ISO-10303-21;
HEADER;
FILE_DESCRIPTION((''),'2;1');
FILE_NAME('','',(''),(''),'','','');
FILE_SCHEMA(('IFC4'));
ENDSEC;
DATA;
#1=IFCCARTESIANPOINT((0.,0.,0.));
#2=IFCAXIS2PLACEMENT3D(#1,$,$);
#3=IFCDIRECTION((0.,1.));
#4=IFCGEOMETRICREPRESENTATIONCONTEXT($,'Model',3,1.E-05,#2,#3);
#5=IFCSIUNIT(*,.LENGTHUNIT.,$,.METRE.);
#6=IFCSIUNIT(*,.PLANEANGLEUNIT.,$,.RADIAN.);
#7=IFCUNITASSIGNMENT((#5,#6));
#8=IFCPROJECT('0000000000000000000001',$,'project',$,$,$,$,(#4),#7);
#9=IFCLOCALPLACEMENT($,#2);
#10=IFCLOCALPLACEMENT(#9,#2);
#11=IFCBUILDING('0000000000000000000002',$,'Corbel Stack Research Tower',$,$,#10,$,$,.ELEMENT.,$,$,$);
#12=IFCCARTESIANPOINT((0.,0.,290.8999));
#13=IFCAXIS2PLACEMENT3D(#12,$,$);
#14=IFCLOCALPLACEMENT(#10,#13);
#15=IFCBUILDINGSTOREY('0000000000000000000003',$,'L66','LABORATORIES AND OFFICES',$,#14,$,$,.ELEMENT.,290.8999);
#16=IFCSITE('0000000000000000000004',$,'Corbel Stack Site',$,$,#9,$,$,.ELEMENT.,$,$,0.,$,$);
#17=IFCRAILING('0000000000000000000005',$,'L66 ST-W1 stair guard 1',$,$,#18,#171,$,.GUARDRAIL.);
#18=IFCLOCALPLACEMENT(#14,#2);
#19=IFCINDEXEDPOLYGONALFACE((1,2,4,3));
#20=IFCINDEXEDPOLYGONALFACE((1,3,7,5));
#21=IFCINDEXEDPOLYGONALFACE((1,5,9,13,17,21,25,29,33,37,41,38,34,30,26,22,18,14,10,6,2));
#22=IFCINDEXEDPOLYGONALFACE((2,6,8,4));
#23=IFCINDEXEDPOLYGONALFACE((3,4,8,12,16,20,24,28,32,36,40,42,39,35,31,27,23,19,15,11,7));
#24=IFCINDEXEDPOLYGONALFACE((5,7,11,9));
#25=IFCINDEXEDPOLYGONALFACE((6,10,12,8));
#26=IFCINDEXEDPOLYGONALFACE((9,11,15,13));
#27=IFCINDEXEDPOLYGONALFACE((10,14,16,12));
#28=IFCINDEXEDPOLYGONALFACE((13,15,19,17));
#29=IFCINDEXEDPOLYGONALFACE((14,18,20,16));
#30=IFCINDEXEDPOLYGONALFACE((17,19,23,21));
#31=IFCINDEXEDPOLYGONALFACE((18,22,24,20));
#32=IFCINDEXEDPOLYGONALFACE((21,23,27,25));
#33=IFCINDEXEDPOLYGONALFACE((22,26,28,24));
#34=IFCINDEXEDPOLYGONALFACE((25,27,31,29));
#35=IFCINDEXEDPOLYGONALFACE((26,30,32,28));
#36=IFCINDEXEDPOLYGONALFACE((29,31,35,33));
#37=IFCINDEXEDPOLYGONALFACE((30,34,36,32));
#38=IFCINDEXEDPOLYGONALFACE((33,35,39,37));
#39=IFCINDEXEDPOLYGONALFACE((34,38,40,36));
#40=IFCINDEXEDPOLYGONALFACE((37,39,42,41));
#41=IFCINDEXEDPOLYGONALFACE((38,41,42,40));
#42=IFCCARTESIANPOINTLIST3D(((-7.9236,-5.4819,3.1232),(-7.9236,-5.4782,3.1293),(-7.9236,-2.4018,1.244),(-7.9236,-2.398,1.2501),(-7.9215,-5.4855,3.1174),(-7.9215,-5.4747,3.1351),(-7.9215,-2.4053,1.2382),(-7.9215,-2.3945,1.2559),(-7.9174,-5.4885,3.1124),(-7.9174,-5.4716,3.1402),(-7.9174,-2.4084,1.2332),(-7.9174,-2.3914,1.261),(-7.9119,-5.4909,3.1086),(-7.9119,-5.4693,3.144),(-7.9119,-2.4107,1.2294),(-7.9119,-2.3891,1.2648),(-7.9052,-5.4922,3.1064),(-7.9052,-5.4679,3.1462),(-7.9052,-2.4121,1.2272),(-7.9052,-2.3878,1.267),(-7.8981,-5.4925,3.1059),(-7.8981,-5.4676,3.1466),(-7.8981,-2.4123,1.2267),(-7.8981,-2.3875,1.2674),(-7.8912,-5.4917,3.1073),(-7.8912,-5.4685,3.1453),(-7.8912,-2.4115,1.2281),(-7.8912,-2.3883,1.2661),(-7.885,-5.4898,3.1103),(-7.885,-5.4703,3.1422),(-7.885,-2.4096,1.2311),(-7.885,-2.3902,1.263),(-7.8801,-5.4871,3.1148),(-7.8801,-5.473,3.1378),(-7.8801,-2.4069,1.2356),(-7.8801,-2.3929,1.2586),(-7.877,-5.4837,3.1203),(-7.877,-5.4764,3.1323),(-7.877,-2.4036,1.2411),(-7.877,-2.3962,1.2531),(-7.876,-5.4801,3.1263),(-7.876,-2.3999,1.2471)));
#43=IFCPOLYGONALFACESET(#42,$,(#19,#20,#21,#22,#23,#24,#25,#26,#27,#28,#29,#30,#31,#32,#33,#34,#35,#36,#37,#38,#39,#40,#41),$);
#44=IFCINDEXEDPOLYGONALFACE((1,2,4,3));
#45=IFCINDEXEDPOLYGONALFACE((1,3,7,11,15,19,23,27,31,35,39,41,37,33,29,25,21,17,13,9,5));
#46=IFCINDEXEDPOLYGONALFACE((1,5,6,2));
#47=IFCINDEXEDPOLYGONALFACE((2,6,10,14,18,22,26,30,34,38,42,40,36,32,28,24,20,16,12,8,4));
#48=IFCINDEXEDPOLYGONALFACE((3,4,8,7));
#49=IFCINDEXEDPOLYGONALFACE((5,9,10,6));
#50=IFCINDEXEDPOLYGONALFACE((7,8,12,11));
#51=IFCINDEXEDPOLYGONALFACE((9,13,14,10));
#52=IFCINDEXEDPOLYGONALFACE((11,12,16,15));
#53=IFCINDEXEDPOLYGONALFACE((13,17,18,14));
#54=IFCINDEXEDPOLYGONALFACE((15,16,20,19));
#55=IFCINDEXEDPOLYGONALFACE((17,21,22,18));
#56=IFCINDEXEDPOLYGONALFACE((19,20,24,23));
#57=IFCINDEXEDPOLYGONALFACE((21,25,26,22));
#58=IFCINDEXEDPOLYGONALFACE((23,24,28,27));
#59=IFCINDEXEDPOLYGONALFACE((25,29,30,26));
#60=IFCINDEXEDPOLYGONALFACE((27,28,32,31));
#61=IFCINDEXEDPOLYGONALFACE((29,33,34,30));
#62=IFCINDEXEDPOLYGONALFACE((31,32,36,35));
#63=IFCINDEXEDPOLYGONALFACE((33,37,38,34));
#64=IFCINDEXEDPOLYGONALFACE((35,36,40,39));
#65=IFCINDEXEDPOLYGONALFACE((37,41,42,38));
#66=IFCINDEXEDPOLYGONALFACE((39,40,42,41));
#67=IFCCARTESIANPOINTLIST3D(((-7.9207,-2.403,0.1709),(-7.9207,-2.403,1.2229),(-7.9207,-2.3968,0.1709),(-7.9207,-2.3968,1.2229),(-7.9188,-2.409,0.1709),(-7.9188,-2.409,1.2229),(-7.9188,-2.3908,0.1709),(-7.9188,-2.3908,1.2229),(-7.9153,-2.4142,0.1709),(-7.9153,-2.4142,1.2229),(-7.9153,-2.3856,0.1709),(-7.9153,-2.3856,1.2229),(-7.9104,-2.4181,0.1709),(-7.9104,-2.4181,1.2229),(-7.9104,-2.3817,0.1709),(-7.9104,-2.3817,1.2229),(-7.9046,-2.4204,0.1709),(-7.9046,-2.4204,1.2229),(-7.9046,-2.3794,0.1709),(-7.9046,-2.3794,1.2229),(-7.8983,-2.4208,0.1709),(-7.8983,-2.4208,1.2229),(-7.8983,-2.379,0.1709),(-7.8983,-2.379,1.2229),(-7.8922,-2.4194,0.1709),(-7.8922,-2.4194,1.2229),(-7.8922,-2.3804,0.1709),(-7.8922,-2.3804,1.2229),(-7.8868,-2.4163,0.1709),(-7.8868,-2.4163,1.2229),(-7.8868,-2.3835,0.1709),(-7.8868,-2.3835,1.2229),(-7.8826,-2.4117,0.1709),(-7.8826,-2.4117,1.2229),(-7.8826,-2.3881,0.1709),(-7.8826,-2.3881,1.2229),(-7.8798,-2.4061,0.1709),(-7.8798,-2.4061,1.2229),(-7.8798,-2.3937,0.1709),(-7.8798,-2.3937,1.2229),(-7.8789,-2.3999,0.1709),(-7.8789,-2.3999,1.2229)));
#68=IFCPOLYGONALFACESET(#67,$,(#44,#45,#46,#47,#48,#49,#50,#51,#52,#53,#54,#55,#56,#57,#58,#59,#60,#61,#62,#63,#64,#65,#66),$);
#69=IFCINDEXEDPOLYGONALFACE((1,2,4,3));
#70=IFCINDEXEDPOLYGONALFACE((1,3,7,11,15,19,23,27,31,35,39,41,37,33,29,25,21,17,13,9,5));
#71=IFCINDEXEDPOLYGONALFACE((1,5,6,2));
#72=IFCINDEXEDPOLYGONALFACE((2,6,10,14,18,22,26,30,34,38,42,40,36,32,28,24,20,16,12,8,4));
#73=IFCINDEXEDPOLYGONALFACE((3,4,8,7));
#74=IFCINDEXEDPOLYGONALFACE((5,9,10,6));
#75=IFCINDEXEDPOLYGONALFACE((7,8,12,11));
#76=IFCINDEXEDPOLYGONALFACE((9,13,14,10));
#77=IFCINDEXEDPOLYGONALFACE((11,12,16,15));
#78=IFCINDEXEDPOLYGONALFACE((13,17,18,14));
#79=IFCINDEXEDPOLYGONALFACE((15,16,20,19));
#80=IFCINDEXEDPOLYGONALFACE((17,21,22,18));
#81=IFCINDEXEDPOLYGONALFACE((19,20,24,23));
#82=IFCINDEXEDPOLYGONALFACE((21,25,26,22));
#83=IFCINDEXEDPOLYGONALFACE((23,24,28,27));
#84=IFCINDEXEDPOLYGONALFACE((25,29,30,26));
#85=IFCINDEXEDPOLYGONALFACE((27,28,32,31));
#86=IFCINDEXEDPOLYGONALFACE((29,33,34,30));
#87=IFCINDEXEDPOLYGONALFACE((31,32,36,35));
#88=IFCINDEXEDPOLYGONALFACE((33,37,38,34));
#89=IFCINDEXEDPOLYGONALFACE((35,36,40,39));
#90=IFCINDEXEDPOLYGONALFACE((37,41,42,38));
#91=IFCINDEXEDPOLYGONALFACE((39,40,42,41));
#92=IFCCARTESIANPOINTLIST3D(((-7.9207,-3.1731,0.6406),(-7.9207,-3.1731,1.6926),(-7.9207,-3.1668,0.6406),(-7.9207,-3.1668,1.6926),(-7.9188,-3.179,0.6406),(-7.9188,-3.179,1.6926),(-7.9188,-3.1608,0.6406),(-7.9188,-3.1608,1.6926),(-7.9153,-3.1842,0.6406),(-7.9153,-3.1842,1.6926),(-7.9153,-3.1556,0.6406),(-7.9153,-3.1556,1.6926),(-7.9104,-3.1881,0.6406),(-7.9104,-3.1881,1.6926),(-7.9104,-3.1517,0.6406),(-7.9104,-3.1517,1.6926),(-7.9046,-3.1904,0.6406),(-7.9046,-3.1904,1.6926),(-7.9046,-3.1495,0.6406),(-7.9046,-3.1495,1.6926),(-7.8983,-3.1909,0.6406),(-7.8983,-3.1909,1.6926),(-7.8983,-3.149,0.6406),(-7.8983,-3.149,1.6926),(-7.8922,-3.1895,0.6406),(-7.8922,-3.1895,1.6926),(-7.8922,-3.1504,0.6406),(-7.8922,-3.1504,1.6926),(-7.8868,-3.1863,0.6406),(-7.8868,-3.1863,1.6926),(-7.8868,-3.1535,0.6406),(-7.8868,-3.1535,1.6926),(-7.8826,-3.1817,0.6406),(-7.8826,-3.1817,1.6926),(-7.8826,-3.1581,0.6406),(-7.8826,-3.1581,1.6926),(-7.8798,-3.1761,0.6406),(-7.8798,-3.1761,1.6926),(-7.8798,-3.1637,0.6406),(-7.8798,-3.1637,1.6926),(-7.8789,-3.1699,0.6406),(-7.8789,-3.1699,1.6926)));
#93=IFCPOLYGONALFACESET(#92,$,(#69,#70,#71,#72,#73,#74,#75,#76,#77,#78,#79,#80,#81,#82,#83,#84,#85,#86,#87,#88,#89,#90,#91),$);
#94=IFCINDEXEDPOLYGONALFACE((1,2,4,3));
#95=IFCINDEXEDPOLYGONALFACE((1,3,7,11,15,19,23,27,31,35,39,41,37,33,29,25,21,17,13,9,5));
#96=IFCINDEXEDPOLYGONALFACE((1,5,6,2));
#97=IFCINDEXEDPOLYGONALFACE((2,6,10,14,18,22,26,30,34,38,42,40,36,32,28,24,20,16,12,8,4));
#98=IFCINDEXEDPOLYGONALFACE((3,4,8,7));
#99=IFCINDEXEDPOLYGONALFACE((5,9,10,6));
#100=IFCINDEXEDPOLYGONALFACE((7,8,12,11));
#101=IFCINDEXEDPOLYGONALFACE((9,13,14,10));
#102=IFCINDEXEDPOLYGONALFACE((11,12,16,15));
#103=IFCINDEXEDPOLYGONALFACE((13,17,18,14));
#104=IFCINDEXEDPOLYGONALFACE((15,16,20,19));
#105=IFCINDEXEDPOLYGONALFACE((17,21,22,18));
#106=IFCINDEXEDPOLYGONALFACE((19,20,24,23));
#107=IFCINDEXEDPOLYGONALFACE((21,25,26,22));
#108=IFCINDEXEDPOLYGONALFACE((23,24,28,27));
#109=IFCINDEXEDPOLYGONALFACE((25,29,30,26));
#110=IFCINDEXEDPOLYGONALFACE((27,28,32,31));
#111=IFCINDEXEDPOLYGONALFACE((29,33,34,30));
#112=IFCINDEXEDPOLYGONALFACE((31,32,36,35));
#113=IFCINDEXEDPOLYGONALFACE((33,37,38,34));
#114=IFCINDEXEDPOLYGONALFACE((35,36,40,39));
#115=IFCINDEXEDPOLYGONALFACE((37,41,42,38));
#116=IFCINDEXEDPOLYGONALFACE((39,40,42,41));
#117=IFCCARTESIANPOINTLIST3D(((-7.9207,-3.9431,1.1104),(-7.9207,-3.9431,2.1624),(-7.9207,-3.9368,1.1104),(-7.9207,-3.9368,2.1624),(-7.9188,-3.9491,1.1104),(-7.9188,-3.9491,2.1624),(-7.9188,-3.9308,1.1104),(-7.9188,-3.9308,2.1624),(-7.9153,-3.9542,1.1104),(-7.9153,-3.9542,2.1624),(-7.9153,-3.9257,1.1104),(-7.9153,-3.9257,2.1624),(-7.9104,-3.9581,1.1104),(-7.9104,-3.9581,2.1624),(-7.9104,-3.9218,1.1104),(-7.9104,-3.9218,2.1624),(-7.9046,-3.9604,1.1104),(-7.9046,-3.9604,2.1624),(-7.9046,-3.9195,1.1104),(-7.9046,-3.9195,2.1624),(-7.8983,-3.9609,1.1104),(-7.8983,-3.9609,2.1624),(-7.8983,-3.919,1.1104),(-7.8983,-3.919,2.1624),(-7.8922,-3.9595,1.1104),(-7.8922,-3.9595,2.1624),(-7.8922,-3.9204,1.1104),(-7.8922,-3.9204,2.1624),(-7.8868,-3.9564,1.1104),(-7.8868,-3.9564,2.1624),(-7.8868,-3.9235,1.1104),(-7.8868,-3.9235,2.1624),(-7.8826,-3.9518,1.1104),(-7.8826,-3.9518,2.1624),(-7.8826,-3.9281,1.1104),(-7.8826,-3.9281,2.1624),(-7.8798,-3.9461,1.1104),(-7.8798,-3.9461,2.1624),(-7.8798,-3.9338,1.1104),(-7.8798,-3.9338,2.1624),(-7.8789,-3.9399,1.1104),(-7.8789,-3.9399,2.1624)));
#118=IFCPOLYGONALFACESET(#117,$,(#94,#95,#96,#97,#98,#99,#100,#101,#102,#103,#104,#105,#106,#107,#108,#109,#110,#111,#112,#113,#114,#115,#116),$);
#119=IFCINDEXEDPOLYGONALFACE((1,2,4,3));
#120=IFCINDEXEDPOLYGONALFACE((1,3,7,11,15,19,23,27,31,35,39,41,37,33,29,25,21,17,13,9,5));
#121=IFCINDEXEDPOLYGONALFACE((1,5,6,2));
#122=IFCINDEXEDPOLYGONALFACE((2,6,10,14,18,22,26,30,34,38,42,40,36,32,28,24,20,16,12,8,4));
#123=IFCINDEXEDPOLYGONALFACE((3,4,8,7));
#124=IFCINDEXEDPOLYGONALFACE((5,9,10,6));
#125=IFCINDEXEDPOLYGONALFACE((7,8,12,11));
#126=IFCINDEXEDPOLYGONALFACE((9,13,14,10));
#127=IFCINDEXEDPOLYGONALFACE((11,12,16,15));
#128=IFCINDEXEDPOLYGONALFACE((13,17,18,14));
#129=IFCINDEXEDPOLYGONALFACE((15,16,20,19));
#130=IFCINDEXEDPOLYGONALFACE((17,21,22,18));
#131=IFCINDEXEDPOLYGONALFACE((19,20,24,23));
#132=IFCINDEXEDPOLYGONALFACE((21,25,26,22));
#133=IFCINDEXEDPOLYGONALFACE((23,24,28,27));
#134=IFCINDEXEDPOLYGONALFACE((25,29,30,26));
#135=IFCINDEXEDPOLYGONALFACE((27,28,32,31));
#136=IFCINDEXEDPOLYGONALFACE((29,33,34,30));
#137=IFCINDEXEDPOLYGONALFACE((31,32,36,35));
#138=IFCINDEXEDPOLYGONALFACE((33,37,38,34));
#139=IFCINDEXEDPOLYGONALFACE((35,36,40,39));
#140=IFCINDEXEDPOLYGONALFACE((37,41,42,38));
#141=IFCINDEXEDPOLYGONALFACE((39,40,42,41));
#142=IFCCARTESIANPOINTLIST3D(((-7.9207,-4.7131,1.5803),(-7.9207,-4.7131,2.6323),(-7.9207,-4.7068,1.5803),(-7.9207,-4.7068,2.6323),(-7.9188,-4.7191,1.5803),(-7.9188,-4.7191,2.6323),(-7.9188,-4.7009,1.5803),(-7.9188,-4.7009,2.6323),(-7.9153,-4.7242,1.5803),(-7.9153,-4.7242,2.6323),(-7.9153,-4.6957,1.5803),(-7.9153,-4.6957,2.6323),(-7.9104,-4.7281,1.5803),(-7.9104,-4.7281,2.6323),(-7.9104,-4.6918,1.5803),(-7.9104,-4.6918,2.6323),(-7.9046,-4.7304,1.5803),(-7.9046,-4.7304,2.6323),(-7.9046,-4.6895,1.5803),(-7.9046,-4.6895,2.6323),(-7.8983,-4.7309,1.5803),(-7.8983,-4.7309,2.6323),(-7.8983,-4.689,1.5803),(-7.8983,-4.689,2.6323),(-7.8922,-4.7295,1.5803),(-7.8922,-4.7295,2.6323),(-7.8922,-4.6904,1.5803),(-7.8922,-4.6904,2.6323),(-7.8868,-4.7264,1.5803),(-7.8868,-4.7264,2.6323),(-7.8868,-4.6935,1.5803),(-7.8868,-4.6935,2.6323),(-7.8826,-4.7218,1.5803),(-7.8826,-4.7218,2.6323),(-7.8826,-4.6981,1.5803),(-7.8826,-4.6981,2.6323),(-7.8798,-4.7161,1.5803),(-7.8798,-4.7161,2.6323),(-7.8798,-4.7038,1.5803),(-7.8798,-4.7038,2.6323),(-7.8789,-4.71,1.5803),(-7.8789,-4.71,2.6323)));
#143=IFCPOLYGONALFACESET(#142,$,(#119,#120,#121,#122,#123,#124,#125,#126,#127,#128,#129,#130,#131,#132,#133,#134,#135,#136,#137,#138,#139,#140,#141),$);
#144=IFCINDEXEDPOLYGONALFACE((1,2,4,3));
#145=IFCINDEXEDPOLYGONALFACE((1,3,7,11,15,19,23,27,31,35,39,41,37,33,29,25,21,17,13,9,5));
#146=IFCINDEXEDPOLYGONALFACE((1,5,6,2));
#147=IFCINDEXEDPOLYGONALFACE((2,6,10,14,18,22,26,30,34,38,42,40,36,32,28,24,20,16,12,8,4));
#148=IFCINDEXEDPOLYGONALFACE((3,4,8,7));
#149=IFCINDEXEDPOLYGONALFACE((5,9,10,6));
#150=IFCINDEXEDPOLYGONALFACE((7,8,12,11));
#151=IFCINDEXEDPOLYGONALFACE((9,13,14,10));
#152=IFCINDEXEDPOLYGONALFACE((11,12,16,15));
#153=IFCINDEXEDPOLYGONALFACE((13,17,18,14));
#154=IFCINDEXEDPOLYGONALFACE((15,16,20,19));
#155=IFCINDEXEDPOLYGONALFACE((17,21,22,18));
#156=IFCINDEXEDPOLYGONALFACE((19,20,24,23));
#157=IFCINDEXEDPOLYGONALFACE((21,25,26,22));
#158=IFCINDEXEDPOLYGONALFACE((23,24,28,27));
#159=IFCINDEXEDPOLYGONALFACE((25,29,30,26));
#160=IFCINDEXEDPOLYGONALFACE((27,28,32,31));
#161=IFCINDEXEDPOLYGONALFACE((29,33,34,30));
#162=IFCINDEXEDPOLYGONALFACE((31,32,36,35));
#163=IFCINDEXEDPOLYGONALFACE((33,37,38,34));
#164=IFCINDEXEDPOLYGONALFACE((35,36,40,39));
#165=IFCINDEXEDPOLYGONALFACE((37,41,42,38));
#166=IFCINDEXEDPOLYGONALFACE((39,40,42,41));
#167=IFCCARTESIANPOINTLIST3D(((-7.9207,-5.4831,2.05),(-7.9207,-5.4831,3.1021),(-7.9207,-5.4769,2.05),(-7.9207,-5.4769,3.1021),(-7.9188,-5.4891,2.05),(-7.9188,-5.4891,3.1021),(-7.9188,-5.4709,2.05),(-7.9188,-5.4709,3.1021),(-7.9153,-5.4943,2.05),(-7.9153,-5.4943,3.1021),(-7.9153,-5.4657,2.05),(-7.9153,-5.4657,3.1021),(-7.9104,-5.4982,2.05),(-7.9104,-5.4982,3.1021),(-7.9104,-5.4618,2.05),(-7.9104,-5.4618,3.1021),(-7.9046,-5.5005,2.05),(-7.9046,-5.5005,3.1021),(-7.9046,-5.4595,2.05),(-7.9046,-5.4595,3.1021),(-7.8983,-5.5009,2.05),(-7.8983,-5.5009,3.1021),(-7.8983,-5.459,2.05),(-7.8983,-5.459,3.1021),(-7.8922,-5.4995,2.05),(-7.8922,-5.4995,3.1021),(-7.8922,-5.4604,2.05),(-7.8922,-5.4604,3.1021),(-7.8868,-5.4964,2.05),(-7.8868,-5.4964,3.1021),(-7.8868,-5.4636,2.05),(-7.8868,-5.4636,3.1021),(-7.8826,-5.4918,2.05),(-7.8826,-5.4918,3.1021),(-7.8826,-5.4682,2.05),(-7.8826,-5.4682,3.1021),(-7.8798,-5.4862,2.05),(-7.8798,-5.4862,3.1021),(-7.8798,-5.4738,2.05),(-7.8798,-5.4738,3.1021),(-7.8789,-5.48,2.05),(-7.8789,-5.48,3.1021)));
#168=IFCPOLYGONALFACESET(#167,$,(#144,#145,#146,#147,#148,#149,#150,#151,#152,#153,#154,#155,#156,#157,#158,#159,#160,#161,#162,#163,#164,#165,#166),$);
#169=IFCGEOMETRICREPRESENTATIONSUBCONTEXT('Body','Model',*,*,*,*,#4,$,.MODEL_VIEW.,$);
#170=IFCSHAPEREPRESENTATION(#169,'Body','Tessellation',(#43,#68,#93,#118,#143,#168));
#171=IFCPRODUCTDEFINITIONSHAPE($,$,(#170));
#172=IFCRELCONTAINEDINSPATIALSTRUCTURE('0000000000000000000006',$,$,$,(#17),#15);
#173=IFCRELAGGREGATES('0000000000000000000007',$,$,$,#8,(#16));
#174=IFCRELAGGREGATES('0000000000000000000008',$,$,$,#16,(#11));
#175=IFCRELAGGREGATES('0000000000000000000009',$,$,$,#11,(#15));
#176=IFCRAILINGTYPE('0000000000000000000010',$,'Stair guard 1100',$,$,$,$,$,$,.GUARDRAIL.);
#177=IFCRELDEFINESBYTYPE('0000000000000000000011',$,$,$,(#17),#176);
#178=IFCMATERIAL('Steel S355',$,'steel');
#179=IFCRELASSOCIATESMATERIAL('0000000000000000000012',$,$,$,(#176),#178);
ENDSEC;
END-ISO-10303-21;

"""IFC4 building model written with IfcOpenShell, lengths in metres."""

from ifc_helpers import new_model, si_unit, direction, frame, origin, origin_2d, place, context, subcontext, project, spatial, circle, extrude, material, type_object, element, save


model = new_model("IFC4")

# Units and contexts
model_context = context("Model", 3, precision=1e-05, world=origin(), true_north=direction((0.0, 1.0)))
body_context = subcontext(model_context, "Body", "Model", "MODEL_VIEW")
ifc_project = project(units=[si_unit("LENGTHUNIT", "METRE"), si_unit("PLANEANGLEUNIT", "RADIAN")], contexts=[model_context])

# Site, building, storey
site_placement = place(None, origin())
site = spatial("IfcSite", under=ifc_project, at=site_placement, Name="Corbel Stack Site", CompositionType="ELEMENT", RefElevation=0.0)
building_placement = place(site_placement, origin())
building = spatial("IfcBuilding", under=site, at=building_placement, Name="Corbel Stack Research Tower", CompositionType="ELEMENT")
storey_placement = place(building_placement, frame((0.0, 0.0, 290.8999)))
storey = spatial("IfcBuildingStorey", under=building, at=storey_placement, Name="L66", Description="LABORATORIES AND OFFICES", CompositionType="ELEMENT", Elevation=290.8999)

# Railing
ifc_material_1 = material(Name="Steel S355", Category="steel")
railing_type = type_object("IfcRailingType", Name="Stair guard 1100", PredefinedType="GUARDRAIL", material=ifc_material_1)
railing_1_placement = place(storey_placement, frame((-7.8999, -2.3999, 0.1709)))
element("IfcRailing", 1, at=railing_1_placement, inside=storey, type_object=railing_type, Name="L66 ST-W1 stair guard 1", PredefinedType="GUARDRAIL", context=body_context, shape_type="SweptSolid", body=[
    extrude(circle(Radius=0.0239, at=origin_2d()), frame((0.0, 0.0, 1.0762), z_axis=(0.0, -0.853666, 0.52082), x_axis=(1.0, 0.0, 0.0)), (0.0, 0.0, 1.0), 3.6082),
    extrude(circle(Radius=0.021, at=origin_2d()), origin(), (0.0, 0.0, 1.0), 1.052),
    extrude(circle(Radius=0.021, at=origin_2d()), frame((0.0, -0.77, 0.4697)), (0.0, 0.0, 1.0), 1.052),
    extrude(circle(Radius=0.021, at=origin_2d()), frame((0.0, -1.54, 0.9395)), (0.0, 0.0, 1.0), 1.052),
    extrude(circle(Radius=0.021, at=origin_2d()), frame((0.0, -2.3101, 1.4094)), (0.0, 0.0, 1.0), 1.052),
    extrude(circle(Radius=0.021, at=origin_2d()), frame((0.0, -3.0801, 1.8792)), (0.0, 0.0, 1.0), 1.052),
])

save(model, "model.ifc")
